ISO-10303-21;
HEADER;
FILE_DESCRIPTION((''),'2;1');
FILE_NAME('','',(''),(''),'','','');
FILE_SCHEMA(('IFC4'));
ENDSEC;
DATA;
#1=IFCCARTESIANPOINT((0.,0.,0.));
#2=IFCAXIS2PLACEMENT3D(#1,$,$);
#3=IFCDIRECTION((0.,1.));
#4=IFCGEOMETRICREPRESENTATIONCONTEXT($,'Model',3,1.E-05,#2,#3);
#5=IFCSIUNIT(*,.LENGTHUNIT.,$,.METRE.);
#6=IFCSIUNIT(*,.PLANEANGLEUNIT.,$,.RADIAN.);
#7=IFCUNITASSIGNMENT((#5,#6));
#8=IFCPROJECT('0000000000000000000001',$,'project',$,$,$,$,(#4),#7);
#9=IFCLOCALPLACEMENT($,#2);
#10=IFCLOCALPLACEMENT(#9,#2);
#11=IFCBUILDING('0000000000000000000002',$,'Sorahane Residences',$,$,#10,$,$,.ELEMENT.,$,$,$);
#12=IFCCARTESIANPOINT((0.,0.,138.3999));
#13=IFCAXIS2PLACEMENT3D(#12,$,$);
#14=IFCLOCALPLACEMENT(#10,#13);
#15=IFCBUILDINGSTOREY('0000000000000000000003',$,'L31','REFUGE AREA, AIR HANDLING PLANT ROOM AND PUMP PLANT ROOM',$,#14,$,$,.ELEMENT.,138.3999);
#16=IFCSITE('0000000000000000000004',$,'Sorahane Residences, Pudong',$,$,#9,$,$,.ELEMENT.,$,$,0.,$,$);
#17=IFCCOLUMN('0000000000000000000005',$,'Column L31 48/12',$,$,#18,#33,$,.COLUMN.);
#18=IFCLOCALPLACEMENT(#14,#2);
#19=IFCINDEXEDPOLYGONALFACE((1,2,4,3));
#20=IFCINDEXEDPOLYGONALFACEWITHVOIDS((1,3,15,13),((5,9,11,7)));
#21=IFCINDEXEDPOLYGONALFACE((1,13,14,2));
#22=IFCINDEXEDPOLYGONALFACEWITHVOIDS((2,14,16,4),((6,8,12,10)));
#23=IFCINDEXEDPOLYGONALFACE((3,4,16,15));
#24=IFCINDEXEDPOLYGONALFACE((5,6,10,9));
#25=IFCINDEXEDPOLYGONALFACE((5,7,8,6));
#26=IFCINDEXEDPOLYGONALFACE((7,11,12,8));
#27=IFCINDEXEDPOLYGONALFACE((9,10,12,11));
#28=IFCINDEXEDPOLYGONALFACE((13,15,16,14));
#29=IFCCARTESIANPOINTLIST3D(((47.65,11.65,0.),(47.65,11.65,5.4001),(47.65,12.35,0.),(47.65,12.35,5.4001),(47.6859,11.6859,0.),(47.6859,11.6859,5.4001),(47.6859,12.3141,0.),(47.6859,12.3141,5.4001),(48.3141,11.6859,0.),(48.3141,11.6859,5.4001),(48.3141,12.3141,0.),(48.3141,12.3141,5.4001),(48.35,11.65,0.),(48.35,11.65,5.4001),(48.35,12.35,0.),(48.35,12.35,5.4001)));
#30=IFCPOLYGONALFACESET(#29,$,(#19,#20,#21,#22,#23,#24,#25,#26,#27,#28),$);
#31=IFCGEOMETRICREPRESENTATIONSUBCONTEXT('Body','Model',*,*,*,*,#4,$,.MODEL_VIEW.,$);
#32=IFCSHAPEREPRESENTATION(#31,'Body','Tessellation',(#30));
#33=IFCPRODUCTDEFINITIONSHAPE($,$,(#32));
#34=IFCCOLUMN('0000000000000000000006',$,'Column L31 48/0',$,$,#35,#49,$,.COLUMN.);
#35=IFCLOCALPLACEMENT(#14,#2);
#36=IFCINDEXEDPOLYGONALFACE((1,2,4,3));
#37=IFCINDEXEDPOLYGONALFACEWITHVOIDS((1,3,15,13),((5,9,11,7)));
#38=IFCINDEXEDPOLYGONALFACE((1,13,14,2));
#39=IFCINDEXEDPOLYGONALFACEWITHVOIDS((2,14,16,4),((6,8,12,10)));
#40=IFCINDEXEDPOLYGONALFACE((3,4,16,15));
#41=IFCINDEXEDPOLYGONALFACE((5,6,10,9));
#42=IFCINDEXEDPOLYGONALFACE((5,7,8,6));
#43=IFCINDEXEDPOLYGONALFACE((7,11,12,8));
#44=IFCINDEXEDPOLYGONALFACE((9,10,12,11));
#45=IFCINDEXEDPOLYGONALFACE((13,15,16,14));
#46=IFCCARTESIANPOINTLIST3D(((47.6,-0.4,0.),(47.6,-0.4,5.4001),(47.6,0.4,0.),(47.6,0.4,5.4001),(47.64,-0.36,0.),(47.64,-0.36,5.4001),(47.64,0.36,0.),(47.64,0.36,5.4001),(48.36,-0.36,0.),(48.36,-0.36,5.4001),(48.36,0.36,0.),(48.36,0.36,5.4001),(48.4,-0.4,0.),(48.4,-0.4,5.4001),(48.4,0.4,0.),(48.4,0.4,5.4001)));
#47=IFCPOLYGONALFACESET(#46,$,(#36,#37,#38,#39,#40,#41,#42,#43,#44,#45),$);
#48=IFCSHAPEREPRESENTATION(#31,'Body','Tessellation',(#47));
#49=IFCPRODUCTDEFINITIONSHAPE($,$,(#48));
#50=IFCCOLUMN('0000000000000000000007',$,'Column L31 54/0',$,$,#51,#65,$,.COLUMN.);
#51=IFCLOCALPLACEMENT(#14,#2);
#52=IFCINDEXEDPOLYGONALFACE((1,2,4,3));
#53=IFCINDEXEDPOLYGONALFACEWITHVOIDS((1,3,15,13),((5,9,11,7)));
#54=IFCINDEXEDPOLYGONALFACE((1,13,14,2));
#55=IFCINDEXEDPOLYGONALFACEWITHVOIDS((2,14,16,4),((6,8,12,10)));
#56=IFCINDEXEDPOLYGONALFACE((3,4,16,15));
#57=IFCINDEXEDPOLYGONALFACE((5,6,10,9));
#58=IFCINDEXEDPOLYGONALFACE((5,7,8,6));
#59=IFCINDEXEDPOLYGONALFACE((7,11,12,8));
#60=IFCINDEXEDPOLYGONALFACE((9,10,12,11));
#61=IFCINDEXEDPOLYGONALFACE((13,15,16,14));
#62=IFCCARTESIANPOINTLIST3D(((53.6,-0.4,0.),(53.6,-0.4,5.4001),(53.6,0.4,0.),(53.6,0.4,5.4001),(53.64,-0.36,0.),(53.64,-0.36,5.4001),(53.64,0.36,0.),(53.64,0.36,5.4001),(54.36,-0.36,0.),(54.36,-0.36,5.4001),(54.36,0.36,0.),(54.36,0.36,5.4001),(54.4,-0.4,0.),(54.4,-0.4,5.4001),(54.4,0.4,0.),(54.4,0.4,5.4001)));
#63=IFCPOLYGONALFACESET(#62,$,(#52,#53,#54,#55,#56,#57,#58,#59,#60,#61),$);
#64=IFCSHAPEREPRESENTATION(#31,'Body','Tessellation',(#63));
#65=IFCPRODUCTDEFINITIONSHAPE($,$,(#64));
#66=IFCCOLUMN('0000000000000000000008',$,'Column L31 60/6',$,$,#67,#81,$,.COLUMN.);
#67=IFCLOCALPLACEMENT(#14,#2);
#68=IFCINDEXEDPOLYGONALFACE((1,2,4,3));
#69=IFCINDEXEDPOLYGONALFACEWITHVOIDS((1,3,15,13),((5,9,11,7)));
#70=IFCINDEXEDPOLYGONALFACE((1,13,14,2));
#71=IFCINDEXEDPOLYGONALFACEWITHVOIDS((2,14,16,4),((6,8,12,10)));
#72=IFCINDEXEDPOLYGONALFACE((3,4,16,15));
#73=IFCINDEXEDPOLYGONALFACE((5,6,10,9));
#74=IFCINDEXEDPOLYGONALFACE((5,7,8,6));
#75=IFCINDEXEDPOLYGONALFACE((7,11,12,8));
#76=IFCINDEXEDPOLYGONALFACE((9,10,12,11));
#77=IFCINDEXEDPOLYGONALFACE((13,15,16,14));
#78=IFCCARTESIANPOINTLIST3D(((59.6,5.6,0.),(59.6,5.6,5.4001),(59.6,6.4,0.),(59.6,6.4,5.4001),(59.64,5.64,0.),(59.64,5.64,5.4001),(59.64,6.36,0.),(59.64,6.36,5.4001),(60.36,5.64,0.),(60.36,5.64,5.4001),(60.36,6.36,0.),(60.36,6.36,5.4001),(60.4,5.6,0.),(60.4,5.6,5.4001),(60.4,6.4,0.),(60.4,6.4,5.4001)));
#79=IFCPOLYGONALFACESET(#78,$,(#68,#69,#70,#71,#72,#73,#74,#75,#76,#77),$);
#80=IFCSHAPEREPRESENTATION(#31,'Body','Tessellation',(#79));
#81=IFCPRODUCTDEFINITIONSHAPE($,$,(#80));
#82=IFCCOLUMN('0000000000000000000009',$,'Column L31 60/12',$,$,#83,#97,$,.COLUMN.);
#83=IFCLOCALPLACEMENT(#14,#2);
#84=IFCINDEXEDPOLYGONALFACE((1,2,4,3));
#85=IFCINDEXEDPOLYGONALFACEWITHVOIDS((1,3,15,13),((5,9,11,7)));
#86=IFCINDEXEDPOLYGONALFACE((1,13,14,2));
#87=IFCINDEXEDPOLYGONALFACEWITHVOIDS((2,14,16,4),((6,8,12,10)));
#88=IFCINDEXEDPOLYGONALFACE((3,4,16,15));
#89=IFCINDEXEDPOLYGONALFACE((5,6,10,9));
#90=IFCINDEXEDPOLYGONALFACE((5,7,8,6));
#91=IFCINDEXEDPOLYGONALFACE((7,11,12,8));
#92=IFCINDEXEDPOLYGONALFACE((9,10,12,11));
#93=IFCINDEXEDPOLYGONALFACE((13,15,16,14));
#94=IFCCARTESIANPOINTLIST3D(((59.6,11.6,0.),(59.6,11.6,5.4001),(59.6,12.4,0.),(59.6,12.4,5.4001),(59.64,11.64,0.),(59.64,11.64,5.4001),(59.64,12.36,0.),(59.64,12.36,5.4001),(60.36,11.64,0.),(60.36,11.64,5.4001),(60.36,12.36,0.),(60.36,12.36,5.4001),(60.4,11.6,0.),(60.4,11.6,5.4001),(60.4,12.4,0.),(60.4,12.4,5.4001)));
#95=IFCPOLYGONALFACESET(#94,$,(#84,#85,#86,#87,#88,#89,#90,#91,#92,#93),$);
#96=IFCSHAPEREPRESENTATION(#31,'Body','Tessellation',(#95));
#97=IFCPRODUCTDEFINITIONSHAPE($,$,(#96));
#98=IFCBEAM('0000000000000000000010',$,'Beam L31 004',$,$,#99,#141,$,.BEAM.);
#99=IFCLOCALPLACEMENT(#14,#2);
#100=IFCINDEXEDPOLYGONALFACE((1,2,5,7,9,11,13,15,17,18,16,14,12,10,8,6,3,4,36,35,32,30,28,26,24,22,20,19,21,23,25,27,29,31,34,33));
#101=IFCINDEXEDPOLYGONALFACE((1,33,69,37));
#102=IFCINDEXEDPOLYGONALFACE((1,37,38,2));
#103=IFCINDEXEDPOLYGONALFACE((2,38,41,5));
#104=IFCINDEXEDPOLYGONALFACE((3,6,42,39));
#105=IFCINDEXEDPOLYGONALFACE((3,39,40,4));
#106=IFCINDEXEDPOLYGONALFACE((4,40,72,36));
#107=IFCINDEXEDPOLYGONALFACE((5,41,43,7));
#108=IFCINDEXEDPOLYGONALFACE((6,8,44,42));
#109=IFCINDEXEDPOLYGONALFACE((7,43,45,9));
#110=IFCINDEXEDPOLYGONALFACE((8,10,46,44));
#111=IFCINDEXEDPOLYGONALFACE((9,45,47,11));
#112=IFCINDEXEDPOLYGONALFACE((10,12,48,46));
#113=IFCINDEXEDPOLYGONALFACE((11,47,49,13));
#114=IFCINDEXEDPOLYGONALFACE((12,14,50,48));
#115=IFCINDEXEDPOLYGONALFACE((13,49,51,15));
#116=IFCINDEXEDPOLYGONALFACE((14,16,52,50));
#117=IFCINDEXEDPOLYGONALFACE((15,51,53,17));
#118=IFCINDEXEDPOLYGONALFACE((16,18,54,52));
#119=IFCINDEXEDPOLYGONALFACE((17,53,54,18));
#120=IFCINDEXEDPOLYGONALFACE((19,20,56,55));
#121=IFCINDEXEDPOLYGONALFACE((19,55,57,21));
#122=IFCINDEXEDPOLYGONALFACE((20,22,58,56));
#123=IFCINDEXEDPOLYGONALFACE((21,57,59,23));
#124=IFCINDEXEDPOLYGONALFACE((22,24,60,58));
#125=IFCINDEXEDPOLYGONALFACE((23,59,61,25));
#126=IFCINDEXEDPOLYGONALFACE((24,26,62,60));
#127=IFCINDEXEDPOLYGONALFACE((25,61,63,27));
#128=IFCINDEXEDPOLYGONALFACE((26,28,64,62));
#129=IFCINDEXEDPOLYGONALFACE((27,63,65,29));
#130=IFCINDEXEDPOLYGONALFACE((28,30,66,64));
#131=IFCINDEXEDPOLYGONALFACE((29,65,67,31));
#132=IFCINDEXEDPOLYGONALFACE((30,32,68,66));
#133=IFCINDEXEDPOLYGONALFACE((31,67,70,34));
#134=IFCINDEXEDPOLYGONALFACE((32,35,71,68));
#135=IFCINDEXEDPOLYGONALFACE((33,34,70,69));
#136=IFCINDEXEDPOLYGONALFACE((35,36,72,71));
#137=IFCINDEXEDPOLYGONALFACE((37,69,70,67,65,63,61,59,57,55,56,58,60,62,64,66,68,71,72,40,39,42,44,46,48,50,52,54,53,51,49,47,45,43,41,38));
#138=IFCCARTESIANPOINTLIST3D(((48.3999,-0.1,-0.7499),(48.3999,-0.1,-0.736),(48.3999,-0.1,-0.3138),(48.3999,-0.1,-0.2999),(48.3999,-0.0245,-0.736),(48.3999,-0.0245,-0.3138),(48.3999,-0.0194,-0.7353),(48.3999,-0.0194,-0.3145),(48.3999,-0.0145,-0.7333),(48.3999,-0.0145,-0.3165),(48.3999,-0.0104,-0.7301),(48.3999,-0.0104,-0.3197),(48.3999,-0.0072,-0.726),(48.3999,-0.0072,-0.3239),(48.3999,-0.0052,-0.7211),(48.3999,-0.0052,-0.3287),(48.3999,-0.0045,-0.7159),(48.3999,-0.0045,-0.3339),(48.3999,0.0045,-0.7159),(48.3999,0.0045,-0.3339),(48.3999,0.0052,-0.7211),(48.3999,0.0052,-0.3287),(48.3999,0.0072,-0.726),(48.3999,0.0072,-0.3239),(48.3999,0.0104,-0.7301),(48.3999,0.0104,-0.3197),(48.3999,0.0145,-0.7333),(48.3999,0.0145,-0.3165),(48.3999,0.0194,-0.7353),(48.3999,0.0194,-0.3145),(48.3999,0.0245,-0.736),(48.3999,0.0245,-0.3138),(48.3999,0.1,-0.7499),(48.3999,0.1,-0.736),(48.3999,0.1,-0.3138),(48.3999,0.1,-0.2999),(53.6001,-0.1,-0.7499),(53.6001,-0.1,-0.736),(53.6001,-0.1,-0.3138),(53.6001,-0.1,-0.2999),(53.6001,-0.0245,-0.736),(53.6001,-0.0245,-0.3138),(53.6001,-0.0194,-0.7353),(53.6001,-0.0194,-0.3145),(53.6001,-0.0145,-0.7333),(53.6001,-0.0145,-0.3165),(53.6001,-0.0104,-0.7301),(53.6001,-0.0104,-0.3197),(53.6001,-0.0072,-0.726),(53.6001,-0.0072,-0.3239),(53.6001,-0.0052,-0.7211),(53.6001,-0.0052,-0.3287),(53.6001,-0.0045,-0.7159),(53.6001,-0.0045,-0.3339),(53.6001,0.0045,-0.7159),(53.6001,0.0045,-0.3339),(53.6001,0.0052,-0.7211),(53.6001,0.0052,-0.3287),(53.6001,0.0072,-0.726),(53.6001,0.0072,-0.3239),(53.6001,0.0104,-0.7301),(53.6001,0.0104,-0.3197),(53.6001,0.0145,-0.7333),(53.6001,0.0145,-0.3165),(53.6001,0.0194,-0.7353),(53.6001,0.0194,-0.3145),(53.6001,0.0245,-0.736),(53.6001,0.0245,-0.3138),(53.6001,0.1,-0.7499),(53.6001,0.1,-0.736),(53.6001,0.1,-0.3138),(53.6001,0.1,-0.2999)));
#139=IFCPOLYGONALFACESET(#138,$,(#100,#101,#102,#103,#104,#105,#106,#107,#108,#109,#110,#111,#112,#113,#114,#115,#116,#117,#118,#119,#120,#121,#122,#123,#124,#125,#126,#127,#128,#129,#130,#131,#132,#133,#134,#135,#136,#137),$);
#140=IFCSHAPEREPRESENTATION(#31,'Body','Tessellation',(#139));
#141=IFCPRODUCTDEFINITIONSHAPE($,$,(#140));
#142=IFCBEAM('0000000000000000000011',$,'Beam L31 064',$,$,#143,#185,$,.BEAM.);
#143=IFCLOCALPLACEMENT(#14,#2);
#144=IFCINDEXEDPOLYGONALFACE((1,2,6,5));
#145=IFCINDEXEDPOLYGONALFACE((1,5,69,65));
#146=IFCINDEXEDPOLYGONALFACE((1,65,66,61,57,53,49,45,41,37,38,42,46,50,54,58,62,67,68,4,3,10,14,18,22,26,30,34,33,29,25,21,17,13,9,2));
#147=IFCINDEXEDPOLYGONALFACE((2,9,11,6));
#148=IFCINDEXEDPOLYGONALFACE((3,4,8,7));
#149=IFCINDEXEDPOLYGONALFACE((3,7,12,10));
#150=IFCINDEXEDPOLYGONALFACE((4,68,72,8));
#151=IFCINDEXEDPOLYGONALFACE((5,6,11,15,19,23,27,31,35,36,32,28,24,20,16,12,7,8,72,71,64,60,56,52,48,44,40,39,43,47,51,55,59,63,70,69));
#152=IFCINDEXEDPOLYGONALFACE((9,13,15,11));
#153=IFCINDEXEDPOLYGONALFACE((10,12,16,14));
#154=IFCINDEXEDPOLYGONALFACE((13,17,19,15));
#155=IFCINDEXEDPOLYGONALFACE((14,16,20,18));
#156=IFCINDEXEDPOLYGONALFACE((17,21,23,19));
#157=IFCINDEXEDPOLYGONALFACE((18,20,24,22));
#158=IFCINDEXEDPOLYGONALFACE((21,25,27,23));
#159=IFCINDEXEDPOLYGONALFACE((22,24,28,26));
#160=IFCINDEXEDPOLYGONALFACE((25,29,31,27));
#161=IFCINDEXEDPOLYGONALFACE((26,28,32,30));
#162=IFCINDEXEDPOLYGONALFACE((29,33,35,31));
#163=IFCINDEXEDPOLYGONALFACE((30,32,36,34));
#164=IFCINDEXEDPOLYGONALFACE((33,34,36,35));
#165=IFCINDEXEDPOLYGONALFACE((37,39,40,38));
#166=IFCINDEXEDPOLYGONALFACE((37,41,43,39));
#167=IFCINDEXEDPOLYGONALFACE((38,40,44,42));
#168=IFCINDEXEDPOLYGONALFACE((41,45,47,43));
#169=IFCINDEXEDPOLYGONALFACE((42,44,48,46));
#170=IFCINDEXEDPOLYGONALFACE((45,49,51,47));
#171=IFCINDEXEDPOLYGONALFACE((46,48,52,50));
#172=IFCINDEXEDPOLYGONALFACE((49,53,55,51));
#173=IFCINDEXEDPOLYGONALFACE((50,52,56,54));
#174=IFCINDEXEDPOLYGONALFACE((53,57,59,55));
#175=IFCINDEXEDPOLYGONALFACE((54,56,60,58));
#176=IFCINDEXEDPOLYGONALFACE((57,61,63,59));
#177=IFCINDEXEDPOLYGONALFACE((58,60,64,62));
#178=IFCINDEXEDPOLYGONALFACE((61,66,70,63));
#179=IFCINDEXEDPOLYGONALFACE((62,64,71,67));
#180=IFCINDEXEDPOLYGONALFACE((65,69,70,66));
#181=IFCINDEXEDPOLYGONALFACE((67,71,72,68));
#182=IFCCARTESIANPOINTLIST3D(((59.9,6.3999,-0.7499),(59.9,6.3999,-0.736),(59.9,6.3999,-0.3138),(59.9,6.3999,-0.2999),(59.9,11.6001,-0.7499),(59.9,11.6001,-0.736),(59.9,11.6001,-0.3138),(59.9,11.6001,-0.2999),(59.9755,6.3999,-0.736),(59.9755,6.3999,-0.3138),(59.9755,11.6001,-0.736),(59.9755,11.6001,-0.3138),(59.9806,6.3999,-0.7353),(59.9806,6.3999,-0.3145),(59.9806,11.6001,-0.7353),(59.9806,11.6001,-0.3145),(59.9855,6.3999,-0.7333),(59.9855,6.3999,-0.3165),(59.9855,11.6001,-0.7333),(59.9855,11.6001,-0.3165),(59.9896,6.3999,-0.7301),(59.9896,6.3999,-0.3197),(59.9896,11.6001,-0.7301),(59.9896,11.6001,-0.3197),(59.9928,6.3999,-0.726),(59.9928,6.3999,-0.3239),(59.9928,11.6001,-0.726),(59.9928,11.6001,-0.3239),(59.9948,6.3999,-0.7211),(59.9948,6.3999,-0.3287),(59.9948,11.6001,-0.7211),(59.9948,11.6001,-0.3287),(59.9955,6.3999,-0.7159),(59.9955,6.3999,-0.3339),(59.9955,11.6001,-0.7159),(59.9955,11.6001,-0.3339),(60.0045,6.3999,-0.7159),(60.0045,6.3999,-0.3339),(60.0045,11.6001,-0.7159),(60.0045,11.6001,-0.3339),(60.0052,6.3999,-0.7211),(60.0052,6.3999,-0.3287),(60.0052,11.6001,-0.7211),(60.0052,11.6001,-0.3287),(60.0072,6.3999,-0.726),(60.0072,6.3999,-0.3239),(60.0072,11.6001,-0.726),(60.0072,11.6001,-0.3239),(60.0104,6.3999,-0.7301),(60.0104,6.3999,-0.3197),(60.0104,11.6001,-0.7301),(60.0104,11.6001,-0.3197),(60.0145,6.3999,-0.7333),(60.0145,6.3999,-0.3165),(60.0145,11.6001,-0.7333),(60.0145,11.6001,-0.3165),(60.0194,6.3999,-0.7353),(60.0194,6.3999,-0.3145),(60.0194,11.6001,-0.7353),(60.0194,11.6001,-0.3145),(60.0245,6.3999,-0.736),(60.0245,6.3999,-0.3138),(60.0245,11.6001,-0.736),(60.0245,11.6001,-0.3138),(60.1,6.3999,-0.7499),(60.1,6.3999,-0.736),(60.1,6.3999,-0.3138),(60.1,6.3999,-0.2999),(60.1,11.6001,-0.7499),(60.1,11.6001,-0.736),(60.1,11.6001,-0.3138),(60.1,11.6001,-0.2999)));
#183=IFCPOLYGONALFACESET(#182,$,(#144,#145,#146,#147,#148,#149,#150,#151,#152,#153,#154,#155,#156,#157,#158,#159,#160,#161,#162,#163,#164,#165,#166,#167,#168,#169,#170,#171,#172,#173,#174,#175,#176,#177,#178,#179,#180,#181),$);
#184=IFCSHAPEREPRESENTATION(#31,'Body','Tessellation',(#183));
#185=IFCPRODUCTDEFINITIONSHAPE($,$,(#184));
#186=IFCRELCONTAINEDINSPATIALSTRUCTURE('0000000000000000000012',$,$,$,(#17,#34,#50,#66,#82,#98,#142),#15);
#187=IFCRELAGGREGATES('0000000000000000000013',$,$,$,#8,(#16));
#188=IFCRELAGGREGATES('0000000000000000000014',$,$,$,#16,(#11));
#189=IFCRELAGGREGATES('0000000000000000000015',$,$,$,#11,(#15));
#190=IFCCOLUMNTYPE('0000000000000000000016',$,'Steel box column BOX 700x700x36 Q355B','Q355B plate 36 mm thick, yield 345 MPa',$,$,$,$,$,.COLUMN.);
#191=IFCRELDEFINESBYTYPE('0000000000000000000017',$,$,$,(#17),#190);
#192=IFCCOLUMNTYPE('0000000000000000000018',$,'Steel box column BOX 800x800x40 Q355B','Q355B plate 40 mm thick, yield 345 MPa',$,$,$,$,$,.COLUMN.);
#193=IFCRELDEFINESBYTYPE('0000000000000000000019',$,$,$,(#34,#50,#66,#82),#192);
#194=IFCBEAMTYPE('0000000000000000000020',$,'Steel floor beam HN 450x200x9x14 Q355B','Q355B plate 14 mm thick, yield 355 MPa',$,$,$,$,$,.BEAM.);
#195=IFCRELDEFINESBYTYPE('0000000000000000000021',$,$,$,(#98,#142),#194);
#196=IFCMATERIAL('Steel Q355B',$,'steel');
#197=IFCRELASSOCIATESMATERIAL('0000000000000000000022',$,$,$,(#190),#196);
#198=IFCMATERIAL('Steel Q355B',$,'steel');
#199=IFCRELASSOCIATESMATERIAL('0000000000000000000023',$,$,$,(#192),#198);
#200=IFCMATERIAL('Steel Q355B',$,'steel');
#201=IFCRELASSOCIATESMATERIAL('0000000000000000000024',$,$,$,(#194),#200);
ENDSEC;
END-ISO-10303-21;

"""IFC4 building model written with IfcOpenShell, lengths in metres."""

from ifc_helpers import new_model, si_unit, direction, frame, origin, origin_2d, place, context, subcontext, project, spatial, hollow_rectangle, i_section, extrude, material, material_profile, profile_set, type_object, element, save


model = new_model("IFC4")

# Units and contexts
model_context = context("Model", 3, precision=1e-05, world=origin(), true_north=direction((0.0, 1.0)))
body_context = subcontext(model_context, "Body", "Model", "MODEL_VIEW")
ifc_project = project(units=[si_unit("LENGTHUNIT", "METRE"), si_unit("PLANEANGLEUNIT", "RADIAN")], contexts=[model_context])

# Site, building, storey
site_placement = place(None, origin())
site = spatial("IfcSite", under=ifc_project, at=site_placement, Name="Sorahane Residences, Pudong", CompositionType="ELEMENT", RefElevation=0.0)
building_placement = place(site_placement, origin())
building = spatial("IfcBuilding", under=site, at=building_placement, Name="Sorahane Residences", CompositionType="ELEMENT")
storey_placement = place(building_placement, frame((0.0, 0.0, 138.3999)))
storey = spatial("IfcBuildingStorey", under=building, at=storey_placement, Name="L31", Description="REFUGE AREA, AIR HANDLING PLANT ROOM AND PUMP PLANT ROOM", CompositionType="ELEMENT", Elevation=138.3999)

# Columns
ifc_material_1 = material(Name="Steel Q355B", Category="steel")
ifc_material_profile_1 = material_profile(ifc_material_1, hollow_rectangle(XDim=0.7, YDim=0.7, WallThickness=0.0359, at=origin_2d()), Name="BOX 700x700x36")
ifc_profile_set_1 = profile_set([ifc_material_profile_1], Name="Steel Q355B")
column_type_1 = type_object("IfcColumnType", Name="Steel box column BOX 700x700x36 Q355B", Description="Q355B plate 36 mm thick, yield 345 MPa", PredefinedType="COLUMN", material=ifc_profile_set_1)
column_placement = place(storey_placement, frame((48.0, 12.0, 0.0), z_axis=(0.0, 0.0, 1.0), x_axis=(1.0, 0.0, 0.0)))
element("IfcColumn", 1, at=column_placement, inside=storey, type_object=column_type_1, Name="Column L31 48/12", PredefinedType="COLUMN", context=body_context, shape_type="SweptSolid", body=[
    extrude(hollow_rectangle(XDim=0.7, YDim=0.7, WallThickness=0.0359, at=origin_2d()), origin(), (0.0, 0.0, 1.0), 5.4001),
])
ifc_material_2 = material(Name="Steel Q355B", Category="steel")
ifc_material_profile_2 = material_profile(ifc_material_2, hollow_rectangle(XDim=0.8, YDim=0.8, WallThickness=0.04, at=origin_2d()), Name="BOX 800x800x40")
ifc_profile_set_2 = profile_set([ifc_material_profile_2], Name="Steel Q355B")
column_type_2 = type_object("IfcColumnType", Name="Steel box column BOX 800x800x40 Q355B", Description="Q355B plate 40 mm thick, yield 345 MPa", PredefinedType="COLUMN", material=ifc_profile_set_2)
for number, where, z_axis, x_axis, name in (
    (2, (48.0, 0.0, 0.0), (0.0, 0.0, 1.0), (1.0, 0.0, 0.0), "Column L31 48/0"),
    (3, (54.0, 0.0, 0.0), (0.0, 0.0, 1.0), (1.0, 0.0, 0.0), "Column L31 54/0"),
    (4, (60.0, 6.0, 0.0), (0.0, 0.0, 1.0), (1.0, 0.0, 0.0), "Column L31 60/6"),
    (5, (60.0, 12.0, 0.0), (0.0, 0.0, 1.0), (1.0, 0.0, 0.0), "Column L31 60/12"),
):
    element("IfcColumn", number, at=place(storey_placement, frame(where, z_axis=z_axis, x_axis=x_axis)), inside=storey, type_object=column_type_2, Name=name, PredefinedType="COLUMN", context=body_context, shape_type="SweptSolid", body=[
        extrude(hollow_rectangle(XDim=0.8, YDim=0.8, WallThickness=0.04, at=origin_2d()), origin(), (0.0, 0.0, 1.0), 5.4001),
    ])

# Beams
ifc_material_3 = material(Name="Steel Q355B", Category="steel")
ifc_material_profile_3 = material_profile(ifc_material_3, i_section(OverallWidth=0.2, OverallDepth=0.45, WebThickness=0.009, FlangeThickness=0.0139, FilletRadius=0.02, at=origin_2d()), Name="HN 450x200x9x14")
ifc_profile_set_3 = profile_set([ifc_material_profile_3], Name="Steel Q355B")
beam_type_1 = type_object("IfcBeamType", Name="Steel floor beam HN 450x200x9x14 Q355B", Description="Q355B plate 14 mm thick, yield 355 MPa", PredefinedType="BEAM", material=ifc_profile_set_3)
for number, where, z_axis, x_axis, name in (
    (6, (48.3999, 0.0, -0.5249), (1.0, 0.0, 0.0), (0.0, 1.0, 0.0), "Beam L31 004"),
    (7, (60.0, 6.3999, -0.5249), (0.0, 1.0, 0.0), (-1.0, 0.0, 0.0), "Beam L31 064"),
):
    element("IfcBeam", number, at=place(storey_placement, frame(where, z_axis=z_axis, x_axis=x_axis)), inside=storey, type_object=beam_type_1, Name=name, PredefinedType="BEAM", context=body_context, shape_type="SweptSolid", body=[
        extrude(i_section(OverallWidth=0.2, OverallDepth=0.45, WebThickness=0.009, FlangeThickness=0.0139, FilletRadius=0.02, at=origin_2d()), origin(), (0.0, 0.0, 1.0), 5.2002),
    ])

save(model, "model.ifc")
